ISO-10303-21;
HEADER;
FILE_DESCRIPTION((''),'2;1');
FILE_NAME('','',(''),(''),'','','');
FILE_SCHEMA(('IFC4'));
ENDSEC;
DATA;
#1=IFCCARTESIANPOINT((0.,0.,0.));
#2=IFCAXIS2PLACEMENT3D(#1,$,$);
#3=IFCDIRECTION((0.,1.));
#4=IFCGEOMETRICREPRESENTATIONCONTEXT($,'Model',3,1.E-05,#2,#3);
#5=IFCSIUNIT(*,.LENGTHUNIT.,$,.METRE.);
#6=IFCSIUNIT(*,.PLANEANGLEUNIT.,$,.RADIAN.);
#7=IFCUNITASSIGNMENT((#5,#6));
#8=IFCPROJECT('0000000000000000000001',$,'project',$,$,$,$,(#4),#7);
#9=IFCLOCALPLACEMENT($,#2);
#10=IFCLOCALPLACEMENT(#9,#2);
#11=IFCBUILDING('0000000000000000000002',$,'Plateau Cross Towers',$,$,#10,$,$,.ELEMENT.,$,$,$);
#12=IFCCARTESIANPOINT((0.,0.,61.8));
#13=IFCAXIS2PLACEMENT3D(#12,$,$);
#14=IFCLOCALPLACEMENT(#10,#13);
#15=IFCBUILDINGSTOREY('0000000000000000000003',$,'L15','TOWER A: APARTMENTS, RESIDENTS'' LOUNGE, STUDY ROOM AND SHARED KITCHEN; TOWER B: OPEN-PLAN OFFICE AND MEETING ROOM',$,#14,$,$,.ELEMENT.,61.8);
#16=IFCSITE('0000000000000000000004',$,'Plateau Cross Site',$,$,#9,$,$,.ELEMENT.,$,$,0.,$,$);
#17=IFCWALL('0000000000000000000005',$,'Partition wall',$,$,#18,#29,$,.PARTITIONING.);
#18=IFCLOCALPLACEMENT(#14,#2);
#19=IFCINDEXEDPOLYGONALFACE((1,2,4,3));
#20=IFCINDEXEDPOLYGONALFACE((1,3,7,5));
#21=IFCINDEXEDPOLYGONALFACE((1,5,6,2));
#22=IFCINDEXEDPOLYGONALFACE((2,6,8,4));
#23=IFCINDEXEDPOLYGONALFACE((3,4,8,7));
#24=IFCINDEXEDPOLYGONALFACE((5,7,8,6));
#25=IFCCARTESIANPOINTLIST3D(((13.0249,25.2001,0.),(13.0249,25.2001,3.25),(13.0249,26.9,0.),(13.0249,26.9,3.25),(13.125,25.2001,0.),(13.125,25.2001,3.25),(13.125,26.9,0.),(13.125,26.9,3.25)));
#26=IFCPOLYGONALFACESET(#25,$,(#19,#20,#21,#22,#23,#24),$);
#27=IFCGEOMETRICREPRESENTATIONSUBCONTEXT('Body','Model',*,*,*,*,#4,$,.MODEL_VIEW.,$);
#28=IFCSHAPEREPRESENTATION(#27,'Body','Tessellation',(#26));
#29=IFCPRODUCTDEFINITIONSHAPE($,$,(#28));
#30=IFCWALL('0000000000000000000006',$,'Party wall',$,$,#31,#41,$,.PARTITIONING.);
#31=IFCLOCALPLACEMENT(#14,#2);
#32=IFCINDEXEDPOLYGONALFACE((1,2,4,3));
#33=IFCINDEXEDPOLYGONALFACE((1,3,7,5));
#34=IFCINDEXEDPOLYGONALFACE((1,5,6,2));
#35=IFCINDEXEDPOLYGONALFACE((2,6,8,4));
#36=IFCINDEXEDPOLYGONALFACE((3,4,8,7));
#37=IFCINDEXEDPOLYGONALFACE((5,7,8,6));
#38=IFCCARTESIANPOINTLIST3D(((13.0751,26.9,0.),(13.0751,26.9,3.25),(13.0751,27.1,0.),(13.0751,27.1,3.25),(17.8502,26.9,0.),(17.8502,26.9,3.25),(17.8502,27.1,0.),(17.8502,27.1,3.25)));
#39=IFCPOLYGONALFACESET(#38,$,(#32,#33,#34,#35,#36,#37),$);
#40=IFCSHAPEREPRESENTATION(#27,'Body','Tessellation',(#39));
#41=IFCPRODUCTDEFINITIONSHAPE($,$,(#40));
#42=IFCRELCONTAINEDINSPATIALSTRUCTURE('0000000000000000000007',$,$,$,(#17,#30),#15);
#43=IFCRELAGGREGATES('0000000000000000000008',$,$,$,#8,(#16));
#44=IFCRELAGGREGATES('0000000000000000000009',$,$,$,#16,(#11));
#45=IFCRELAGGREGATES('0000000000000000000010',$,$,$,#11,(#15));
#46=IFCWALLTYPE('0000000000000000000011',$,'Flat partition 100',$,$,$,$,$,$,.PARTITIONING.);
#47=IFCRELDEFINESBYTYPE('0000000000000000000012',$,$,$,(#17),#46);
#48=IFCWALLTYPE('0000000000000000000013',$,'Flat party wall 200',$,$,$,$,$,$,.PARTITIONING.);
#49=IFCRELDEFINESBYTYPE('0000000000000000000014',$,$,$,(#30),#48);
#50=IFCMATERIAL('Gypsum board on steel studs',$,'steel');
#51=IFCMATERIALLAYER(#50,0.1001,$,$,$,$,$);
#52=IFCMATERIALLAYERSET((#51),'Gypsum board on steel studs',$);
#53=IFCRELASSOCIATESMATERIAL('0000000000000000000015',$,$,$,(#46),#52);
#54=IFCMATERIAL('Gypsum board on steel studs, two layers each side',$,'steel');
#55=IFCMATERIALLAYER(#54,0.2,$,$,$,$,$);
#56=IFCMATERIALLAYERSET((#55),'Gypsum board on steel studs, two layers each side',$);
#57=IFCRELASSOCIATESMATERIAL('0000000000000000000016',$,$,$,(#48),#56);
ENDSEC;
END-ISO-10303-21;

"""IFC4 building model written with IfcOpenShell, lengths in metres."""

from ifc_helpers import new_model, si_unit, direction, frame, frame_2d, origin, place, context, subcontext, project, spatial, rectangle, extrude, material, layer, layer_set, type_object, element, save


model = new_model("IFC4")

# Units and contexts
model_context = context("Model", 3, precision=1e-05, world=origin(), true_north=direction((0.0, 1.0)))
body_context = subcontext(model_context, "Body", "Model", "MODEL_VIEW")
ifc_project = project(units=[si_unit("LENGTHUNIT", "METRE"), si_unit("PLANEANGLEUNIT", "RADIAN")], contexts=[model_context])

# Site, building, storey
site_placement = place(None, origin())
site = spatial("IfcSite", under=ifc_project, at=site_placement, Name="Plateau Cross Site", CompositionType="ELEMENT", RefElevation=0.0)
building_placement = place(site_placement, origin())
building = spatial("IfcBuilding", under=site, at=building_placement, Name="Plateau Cross Towers", CompositionType="ELEMENT")
storey_placement = place(building_placement, frame((0.0, 0.0, 61.8)))
storey = spatial("IfcBuildingStorey", under=building, at=storey_placement, Name="L15", Description="TOWER A: APARTMENTS, RESIDENTS' LOUNGE, STUDY ROOM AND SHARED KITCHEN; TOWER B: OPEN-PLAN OFFICE AND MEETING ROOM", CompositionType="ELEMENT", Elevation=61.8)

# Shared definitions
ifc_material_1 = material(Name="Gypsum board on steel studs", Category="steel")
ifc_layer_1 = layer(ifc_material_1, 0.1001)
ifc_layer_set_1 = layer_set([ifc_layer_1], Name="Gypsum board on steel studs")
wall_type_1 = type_object("IfcWallType", Name="Flat partition 100", PredefinedType="PARTITIONING", material=ifc_layer_set_1)

# Walls
wall_1_placement = place(storey_placement, frame((13.075, 25.2, 0.0), z_axis=(0.0, 0.0, 1.0), x_axis=(0.0, 1.0, 0.0)))
element("IfcWall", 1, at=wall_1_placement, inside=storey, type_object=wall_type_1, Name="Partition wall", PredefinedType="PARTITIONING", context=body_context, shape_type="SweptSolid", body=[
    extrude(rectangle(XDim=1.7, YDim=0.1001, at=frame_2d((0.8501, 0.0))), origin(), (0.0, 0.0, 1.0), 3.25),
])
ifc_material_2 = material(Name="Gypsum board on steel studs, two layers each side", Category="steel")
ifc_layer_2 = layer(ifc_material_2, 0.2)
ifc_layer_set_2 = layer_set([ifc_layer_2], Name="Gypsum board on steel studs, two layers each side")
wall_type_2 = type_object("IfcWallType", Name="Flat party wall 200", PredefinedType="PARTITIONING", material=ifc_layer_set_2)
wall_2_placement = place(storey_placement, frame((13.075, 27.0, 0.0), z_axis=(0.0, 0.0, 1.0), x_axis=(1.0, 0.0, 0.0)))
element("IfcWall", 2, at=wall_2_placement, inside=storey, type_object=wall_type_2, Name="Party wall", PredefinedType="PARTITIONING", context=body_context, shape_type="SweptSolid", body=[
    extrude(rectangle(XDim=4.7751, YDim=0.2, at=frame_2d((2.3877, 0.0))), origin(), (0.0, 0.0, 1.0), 3.25),
])

save(model, "model.ifc")
